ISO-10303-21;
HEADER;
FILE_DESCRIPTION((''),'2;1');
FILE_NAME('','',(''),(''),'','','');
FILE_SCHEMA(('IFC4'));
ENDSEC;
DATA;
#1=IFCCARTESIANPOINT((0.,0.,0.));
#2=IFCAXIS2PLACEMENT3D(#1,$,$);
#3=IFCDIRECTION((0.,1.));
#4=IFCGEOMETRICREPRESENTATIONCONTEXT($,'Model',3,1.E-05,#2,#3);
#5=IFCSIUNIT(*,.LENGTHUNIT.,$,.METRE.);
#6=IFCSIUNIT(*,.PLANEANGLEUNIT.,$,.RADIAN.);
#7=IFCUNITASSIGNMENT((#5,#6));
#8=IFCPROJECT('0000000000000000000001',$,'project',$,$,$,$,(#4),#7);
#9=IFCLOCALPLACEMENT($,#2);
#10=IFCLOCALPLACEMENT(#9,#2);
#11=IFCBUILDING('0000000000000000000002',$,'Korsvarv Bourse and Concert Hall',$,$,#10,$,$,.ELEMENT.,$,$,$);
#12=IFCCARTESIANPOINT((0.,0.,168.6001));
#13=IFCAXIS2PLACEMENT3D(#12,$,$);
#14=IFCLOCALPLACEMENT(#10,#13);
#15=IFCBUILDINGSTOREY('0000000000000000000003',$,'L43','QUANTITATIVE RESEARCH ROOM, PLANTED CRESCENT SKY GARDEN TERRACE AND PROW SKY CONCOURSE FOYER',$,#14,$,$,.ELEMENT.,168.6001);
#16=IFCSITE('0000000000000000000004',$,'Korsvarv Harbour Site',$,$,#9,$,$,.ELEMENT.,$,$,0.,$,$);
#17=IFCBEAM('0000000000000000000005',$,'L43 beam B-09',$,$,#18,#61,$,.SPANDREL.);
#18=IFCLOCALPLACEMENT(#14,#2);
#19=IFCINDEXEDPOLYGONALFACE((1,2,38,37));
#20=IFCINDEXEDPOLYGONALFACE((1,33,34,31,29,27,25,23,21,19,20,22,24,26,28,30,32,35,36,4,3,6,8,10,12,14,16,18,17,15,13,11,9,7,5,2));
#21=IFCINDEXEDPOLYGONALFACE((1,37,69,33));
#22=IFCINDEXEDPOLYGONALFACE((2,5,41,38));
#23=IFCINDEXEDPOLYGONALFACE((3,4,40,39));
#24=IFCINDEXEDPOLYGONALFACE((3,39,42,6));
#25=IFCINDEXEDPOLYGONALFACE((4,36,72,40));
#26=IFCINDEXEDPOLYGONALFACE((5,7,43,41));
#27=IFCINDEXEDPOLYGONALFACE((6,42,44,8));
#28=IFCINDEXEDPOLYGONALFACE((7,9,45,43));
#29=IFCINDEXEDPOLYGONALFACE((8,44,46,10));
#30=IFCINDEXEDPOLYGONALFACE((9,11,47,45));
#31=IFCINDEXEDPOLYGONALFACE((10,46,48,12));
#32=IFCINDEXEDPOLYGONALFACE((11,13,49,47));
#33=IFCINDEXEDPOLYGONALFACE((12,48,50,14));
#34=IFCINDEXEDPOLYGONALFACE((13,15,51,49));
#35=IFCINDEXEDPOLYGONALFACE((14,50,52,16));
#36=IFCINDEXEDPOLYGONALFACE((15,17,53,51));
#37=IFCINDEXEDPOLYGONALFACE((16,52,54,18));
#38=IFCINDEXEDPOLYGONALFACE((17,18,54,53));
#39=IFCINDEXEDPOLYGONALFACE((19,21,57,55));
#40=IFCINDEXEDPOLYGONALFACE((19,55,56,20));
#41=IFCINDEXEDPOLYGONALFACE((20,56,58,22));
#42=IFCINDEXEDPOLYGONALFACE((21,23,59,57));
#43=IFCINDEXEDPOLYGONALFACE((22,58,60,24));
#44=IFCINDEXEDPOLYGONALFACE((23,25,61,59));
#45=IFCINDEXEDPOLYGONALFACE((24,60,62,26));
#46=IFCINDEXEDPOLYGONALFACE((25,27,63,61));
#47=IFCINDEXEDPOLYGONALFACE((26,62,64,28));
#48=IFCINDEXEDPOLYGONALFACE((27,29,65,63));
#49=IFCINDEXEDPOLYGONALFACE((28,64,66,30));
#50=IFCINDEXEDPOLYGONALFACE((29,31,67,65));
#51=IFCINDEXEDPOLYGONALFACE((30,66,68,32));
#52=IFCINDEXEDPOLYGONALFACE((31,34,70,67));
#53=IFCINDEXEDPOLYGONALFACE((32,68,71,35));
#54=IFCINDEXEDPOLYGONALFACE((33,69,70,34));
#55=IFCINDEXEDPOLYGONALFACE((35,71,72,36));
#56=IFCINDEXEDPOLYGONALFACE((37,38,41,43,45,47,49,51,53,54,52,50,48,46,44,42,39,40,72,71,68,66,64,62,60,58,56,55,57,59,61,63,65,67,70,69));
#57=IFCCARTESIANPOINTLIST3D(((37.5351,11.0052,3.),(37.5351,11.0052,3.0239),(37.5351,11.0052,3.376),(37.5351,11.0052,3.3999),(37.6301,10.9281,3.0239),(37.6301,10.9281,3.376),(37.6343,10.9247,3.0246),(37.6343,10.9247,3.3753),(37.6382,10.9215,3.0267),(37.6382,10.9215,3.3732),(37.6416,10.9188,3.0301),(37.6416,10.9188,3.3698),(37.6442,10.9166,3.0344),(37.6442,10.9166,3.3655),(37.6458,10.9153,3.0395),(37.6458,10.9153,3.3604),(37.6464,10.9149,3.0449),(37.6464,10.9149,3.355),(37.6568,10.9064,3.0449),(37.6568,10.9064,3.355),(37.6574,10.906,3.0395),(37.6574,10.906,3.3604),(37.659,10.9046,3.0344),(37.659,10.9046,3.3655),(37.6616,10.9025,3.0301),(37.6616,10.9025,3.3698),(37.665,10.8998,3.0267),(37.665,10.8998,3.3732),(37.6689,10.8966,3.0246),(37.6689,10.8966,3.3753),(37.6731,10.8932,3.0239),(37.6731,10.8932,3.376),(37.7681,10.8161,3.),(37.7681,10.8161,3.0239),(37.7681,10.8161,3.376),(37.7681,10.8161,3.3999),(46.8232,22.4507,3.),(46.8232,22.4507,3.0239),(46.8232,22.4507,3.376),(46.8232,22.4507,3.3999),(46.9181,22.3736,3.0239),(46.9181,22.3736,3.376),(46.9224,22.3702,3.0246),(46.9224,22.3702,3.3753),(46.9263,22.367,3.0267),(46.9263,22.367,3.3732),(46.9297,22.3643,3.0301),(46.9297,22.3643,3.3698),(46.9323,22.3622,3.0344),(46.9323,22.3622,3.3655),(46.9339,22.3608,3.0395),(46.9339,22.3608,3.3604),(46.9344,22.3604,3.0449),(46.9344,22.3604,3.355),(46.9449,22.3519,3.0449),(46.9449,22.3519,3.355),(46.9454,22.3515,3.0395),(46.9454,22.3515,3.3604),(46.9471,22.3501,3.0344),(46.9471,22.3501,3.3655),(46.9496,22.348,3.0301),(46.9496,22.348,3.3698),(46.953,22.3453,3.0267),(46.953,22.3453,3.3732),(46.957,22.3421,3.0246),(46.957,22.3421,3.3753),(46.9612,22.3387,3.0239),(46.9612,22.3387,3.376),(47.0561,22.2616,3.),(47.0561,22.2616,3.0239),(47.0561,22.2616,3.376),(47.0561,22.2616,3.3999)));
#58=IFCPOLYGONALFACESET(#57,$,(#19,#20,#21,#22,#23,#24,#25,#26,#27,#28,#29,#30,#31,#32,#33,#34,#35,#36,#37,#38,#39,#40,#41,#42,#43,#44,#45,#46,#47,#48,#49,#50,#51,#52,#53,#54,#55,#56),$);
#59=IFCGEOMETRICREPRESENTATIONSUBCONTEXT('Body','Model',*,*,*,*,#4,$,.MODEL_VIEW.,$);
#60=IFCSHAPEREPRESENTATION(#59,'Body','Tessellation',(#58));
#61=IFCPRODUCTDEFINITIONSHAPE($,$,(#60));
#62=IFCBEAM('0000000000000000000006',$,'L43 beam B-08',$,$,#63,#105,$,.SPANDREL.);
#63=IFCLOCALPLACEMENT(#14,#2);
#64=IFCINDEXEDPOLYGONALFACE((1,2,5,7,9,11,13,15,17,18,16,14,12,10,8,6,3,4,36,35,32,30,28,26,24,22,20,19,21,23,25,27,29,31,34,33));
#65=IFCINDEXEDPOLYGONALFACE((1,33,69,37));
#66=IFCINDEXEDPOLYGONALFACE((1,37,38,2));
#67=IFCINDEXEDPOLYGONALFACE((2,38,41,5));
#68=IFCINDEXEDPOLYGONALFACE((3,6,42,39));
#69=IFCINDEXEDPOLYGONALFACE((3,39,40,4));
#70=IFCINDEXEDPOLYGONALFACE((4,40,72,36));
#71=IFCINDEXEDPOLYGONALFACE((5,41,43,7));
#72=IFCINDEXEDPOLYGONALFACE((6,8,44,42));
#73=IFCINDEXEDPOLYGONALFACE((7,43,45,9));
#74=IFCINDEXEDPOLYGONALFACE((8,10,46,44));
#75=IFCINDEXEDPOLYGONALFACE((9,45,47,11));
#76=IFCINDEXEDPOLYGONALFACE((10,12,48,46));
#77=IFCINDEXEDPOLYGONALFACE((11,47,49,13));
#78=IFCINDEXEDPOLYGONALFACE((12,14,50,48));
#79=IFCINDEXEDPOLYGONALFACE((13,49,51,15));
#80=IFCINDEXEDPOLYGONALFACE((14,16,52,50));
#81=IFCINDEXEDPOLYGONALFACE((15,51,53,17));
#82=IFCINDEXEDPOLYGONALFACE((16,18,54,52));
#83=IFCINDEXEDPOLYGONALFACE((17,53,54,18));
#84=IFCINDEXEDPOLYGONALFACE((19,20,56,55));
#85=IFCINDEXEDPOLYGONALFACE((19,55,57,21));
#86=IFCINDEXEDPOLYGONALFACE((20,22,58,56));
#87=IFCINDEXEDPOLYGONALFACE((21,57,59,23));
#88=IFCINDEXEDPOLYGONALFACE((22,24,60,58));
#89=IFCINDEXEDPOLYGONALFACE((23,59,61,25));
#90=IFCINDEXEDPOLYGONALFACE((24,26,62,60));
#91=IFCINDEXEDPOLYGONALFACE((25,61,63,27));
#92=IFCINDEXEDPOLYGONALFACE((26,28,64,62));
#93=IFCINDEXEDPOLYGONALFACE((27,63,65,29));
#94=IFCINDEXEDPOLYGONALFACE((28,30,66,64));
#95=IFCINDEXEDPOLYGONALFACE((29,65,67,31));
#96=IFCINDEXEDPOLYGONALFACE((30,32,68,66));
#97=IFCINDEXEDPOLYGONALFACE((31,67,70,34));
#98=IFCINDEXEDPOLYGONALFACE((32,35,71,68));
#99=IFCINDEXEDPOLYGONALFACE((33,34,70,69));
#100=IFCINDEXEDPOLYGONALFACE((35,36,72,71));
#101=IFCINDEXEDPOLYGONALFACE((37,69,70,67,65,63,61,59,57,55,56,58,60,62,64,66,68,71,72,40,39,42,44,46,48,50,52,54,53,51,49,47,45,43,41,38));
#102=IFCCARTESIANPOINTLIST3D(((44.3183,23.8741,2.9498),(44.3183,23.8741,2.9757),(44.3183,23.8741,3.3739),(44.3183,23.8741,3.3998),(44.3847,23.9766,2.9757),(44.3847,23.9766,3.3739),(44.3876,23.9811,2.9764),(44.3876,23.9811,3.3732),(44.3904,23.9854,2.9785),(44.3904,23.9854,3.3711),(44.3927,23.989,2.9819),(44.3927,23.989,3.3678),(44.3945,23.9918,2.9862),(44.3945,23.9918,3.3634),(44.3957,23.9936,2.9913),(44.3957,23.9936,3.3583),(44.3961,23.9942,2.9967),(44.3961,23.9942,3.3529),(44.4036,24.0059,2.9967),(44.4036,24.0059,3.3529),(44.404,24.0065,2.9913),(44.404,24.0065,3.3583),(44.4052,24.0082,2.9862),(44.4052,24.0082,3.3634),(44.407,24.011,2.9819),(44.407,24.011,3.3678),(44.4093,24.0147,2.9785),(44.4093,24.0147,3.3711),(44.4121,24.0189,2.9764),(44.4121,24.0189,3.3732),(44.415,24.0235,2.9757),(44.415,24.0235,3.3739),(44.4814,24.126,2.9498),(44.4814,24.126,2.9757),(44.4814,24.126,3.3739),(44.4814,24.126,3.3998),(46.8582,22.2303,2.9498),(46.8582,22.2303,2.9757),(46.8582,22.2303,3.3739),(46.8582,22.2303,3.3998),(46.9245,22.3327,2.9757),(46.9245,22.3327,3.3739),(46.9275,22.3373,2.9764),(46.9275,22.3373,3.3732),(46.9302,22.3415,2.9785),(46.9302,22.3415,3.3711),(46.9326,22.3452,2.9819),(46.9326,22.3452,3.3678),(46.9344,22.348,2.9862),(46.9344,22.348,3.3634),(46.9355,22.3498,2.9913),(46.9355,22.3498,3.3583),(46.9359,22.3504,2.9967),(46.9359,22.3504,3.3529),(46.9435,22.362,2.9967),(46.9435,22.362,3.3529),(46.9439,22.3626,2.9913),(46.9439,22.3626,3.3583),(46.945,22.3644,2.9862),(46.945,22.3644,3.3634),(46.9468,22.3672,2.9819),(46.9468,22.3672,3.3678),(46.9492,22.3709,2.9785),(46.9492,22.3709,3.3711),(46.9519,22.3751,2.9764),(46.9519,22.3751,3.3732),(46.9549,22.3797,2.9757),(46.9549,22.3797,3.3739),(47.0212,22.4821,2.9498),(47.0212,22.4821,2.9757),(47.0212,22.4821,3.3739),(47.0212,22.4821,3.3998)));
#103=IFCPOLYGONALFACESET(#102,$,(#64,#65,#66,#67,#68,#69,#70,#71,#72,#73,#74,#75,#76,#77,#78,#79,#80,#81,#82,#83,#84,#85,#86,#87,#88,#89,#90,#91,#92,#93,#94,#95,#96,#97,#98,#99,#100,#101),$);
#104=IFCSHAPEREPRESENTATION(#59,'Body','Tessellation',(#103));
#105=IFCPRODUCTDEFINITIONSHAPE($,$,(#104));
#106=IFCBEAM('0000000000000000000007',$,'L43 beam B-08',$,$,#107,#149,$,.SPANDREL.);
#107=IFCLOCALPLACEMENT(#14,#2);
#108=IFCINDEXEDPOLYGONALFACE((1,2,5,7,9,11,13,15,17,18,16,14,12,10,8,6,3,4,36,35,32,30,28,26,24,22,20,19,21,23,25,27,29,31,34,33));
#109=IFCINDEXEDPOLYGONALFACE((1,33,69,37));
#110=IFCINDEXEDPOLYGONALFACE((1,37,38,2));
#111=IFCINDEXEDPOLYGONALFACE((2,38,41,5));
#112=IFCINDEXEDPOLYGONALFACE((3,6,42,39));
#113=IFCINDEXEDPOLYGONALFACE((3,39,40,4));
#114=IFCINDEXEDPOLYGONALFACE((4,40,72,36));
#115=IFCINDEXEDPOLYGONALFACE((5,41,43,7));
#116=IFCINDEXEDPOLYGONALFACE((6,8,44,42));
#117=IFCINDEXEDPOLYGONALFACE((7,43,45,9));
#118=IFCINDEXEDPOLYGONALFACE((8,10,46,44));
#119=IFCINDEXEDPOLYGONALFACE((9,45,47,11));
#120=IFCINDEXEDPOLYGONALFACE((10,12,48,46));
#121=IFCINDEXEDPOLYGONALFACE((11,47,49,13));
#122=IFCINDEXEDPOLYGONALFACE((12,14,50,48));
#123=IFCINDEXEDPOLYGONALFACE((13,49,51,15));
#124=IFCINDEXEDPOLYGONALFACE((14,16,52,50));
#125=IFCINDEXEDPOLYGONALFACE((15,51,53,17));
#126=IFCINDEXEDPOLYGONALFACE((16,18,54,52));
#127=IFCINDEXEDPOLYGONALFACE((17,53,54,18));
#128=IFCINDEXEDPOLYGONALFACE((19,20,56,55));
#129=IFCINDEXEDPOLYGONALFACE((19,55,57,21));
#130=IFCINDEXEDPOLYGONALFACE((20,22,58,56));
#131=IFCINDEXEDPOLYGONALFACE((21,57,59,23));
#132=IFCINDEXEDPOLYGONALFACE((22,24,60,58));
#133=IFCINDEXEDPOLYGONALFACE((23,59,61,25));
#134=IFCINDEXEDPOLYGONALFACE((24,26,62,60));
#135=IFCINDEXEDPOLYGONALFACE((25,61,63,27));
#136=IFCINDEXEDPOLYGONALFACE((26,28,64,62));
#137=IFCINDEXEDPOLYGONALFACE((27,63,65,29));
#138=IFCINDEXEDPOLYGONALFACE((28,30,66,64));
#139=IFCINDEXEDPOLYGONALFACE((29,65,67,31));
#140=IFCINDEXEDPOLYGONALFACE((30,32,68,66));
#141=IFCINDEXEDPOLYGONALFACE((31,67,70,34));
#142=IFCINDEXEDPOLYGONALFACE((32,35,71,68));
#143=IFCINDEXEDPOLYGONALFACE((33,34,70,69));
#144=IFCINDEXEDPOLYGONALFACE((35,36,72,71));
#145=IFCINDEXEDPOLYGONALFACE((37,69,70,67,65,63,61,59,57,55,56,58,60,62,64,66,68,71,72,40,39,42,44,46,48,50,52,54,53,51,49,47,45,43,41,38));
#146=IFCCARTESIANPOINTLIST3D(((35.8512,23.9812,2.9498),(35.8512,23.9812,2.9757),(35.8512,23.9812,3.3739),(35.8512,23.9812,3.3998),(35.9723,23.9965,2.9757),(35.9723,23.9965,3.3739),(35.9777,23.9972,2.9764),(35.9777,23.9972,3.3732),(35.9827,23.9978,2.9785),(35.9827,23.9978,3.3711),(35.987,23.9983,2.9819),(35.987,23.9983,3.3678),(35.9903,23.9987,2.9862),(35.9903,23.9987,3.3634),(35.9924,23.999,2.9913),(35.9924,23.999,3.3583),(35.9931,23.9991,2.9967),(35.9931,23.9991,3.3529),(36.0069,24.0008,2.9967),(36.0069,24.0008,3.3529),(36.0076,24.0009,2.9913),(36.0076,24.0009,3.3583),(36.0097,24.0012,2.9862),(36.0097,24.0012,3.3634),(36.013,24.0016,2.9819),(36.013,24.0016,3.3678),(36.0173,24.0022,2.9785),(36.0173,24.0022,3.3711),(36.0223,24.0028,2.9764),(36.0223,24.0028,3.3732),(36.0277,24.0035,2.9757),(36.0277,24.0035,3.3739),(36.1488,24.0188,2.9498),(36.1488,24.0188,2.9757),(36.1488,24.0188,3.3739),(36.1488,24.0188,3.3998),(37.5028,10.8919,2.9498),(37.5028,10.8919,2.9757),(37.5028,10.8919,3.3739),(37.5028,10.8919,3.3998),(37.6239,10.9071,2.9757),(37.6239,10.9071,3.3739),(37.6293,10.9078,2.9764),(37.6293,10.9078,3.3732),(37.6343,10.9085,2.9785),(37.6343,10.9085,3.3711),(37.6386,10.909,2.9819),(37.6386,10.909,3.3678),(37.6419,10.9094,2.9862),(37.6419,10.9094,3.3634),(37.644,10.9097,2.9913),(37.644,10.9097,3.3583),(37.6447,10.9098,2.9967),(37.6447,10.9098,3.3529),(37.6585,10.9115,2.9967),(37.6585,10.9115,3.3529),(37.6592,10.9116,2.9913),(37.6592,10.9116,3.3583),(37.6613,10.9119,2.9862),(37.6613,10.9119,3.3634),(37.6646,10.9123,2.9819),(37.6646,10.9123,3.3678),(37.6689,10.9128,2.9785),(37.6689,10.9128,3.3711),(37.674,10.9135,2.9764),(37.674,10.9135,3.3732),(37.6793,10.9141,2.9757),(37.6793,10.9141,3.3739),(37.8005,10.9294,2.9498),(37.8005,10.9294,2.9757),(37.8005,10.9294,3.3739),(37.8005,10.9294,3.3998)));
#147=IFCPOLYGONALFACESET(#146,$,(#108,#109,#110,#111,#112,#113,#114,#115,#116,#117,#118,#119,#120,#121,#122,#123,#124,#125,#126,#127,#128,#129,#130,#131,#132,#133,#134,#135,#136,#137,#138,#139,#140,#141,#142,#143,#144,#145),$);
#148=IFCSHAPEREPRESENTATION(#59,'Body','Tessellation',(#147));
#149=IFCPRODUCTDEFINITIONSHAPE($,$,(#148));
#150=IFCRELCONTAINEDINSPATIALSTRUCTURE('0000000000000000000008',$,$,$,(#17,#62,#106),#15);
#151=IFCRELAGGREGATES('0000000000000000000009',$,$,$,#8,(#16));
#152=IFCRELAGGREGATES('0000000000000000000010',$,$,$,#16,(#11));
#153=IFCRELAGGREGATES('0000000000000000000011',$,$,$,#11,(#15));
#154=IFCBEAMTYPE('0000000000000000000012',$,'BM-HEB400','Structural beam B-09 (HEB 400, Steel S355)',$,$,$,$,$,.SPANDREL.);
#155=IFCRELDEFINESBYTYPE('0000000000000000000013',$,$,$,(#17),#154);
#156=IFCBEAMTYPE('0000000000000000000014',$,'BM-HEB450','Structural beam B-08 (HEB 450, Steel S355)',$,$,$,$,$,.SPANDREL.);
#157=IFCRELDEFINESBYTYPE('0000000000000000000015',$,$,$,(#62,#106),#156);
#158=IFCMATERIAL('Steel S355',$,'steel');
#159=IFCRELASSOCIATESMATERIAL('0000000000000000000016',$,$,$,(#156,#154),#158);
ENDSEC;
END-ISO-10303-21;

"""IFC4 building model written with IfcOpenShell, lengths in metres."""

from ifc_helpers import new_model, si_unit, direction, frame, origin, origin_2d, place, context, subcontext, project, spatial, i_section, extrude, source, transform, mapped, material, material_profile, profile_set, type_object, element, save


model = new_model("IFC4")

# Units and contexts
model_context = context("Model", 3, precision=1e-05, world=origin(), true_north=direction((0.0, 1.0)))
body_context = subcontext(model_context, "Body", "Model", "MODEL_VIEW")
ifc_project = project(units=[si_unit("LENGTHUNIT", "METRE"), si_unit("PLANEANGLEUNIT", "RADIAN")], contexts=[model_context])

# Site, building, storey
site_placement = place(None, origin())
site = spatial("IfcSite", under=ifc_project, at=site_placement, Name="Korsvarv Harbour Site", CompositionType="ELEMENT", RefElevation=0.0)
building_placement = place(site_placement, origin())
building = spatial("IfcBuilding", under=site, at=building_placement, Name="Korsvarv Bourse and Concert Hall", CompositionType="ELEMENT")
storey_placement = place(building_placement, frame((0.0, 0.0, 168.6001)))
storey = spatial("IfcBuildingStorey", under=building, at=storey_placement, Name="L43", Description="QUANTITATIVE RESEARCH ROOM, PLANTED CRESCENT SKY GARDEN TERRACE AND PROW SKY CONCOURSE FOYER", CompositionType="ELEMENT", Elevation=168.6001)

# Shared definitions
ifc_material_1 = material(Name="Steel S355", Category="steel")

# Beams
ifc_material_profile_1 = material_profile(ifc_material_1, i_section(OverallWidth=0.3, OverallDepth=0.45, WebThickness=0.0139, FlangeThickness=0.0259, FilletRadius=0.021, at=origin_2d()), Name="HEB 450")
ifc_profile_set_1 = profile_set([ifc_material_profile_1], Name="Steel S355")
beam_type_1 = type_object("IfcBeamType", Name="BM-HEB450", Description="Structural beam B-08 (HEB 450, Steel S355)", PredefinedType="SPANDREL", material=ifc_profile_set_1)
ifc_material_profile_2 = material_profile(ifc_material_1, i_section(OverallWidth=0.3, OverallDepth=0.3999, WebThickness=0.0134, FlangeThickness=0.0239, FilletRadius=0.021, at=origin_2d()), Name="HEB 400")
ifc_profile_set_2 = profile_set([ifc_material_profile_2], Name="Steel S355")
beam_type_2 = type_object("IfcBeamType", Name="BM-HEB400", Description="Structural beam B-09 (HEB 400, Steel S355)", PredefinedType="SPANDREL", material=ifc_profile_set_2)
shared_shape_1 = source(origin(), body_context, "Body", "SweptSolid", [
    extrude(i_section(OverallWidth=0.3, OverallDepth=0.3999, WebThickness=0.0134, FlangeThickness=0.0239, FilletRadius=0.021, at=origin_2d()), origin(), (0.0, 0.0, 1.0), 14.74),
])
beam_1_placement = place(storey_placement, frame((37.6516, 10.9106, 3.2), z_axis=(0.630125, 0.776493, 0.0), x_axis=(-0.776493, 0.630125, 0.0)))
element("IfcBeam", 1, at=beam_1_placement, inside=storey, type_object=beam_type_2, Name="L43 beam B-09", PredefinedType="SPANDREL", context=body_context, shape_type="MappedRepresentation", body=[
    mapped(shared_shape_1, transform((0.0, 0.0, 0.0), scale=1.0)),
])
shared_shape_2 = source(origin(), body_context, "Body", "SweptSolid", [
    extrude(i_section(OverallWidth=0.3, OverallDepth=0.45, WebThickness=0.0139, FlangeThickness=0.0259, FilletRadius=0.021, at=origin_2d()), origin(), (0.0, 0.0, 1.0), 3.0254),
])
beam_2_placement = place(storey_placement, frame((46.9397, 22.3562, 3.1748), z_axis=(-0.83951, 0.543345, 0.0), x_axis=(-0.543345, -0.83951, 0.0)))
element("IfcBeam", 2, at=beam_2_placement, inside=storey, type_object=beam_type_1, Name="L43 beam B-08", PredefinedType="SPANDREL", context=body_context, shape_type="MappedRepresentation", body=[
    mapped(shared_shape_2, transform((0.0, 0.0, 0.0), scale=1.0)),
])
shared_shape_3 = source(origin(), body_context, "Body", "SweptSolid", [
    extrude(i_section(OverallWidth=0.3, OverallDepth=0.45, WebThickness=0.0139, FlangeThickness=0.0259, FilletRadius=0.021, at=origin_2d()), origin(), (0.0, 0.0, 1.0), 13.1931),
])
beam_3_placement = place(storey_placement, frame((37.6516, 10.9106, 3.1748), z_axis=(-0.125187, 0.992133, 0.0), x_axis=(-0.992133, -0.125187, 0.0)))
element("IfcBeam", 3, at=beam_3_placement, inside=storey, type_object=beam_type_1, Name="L43 beam B-08", PredefinedType="SPANDREL", context=body_context, shape_type="MappedRepresentation", body=[
    mapped(shared_shape_3, transform((0.0, 0.0, 0.0), scale=1.0)),
])

save(model, "model.ifc")
